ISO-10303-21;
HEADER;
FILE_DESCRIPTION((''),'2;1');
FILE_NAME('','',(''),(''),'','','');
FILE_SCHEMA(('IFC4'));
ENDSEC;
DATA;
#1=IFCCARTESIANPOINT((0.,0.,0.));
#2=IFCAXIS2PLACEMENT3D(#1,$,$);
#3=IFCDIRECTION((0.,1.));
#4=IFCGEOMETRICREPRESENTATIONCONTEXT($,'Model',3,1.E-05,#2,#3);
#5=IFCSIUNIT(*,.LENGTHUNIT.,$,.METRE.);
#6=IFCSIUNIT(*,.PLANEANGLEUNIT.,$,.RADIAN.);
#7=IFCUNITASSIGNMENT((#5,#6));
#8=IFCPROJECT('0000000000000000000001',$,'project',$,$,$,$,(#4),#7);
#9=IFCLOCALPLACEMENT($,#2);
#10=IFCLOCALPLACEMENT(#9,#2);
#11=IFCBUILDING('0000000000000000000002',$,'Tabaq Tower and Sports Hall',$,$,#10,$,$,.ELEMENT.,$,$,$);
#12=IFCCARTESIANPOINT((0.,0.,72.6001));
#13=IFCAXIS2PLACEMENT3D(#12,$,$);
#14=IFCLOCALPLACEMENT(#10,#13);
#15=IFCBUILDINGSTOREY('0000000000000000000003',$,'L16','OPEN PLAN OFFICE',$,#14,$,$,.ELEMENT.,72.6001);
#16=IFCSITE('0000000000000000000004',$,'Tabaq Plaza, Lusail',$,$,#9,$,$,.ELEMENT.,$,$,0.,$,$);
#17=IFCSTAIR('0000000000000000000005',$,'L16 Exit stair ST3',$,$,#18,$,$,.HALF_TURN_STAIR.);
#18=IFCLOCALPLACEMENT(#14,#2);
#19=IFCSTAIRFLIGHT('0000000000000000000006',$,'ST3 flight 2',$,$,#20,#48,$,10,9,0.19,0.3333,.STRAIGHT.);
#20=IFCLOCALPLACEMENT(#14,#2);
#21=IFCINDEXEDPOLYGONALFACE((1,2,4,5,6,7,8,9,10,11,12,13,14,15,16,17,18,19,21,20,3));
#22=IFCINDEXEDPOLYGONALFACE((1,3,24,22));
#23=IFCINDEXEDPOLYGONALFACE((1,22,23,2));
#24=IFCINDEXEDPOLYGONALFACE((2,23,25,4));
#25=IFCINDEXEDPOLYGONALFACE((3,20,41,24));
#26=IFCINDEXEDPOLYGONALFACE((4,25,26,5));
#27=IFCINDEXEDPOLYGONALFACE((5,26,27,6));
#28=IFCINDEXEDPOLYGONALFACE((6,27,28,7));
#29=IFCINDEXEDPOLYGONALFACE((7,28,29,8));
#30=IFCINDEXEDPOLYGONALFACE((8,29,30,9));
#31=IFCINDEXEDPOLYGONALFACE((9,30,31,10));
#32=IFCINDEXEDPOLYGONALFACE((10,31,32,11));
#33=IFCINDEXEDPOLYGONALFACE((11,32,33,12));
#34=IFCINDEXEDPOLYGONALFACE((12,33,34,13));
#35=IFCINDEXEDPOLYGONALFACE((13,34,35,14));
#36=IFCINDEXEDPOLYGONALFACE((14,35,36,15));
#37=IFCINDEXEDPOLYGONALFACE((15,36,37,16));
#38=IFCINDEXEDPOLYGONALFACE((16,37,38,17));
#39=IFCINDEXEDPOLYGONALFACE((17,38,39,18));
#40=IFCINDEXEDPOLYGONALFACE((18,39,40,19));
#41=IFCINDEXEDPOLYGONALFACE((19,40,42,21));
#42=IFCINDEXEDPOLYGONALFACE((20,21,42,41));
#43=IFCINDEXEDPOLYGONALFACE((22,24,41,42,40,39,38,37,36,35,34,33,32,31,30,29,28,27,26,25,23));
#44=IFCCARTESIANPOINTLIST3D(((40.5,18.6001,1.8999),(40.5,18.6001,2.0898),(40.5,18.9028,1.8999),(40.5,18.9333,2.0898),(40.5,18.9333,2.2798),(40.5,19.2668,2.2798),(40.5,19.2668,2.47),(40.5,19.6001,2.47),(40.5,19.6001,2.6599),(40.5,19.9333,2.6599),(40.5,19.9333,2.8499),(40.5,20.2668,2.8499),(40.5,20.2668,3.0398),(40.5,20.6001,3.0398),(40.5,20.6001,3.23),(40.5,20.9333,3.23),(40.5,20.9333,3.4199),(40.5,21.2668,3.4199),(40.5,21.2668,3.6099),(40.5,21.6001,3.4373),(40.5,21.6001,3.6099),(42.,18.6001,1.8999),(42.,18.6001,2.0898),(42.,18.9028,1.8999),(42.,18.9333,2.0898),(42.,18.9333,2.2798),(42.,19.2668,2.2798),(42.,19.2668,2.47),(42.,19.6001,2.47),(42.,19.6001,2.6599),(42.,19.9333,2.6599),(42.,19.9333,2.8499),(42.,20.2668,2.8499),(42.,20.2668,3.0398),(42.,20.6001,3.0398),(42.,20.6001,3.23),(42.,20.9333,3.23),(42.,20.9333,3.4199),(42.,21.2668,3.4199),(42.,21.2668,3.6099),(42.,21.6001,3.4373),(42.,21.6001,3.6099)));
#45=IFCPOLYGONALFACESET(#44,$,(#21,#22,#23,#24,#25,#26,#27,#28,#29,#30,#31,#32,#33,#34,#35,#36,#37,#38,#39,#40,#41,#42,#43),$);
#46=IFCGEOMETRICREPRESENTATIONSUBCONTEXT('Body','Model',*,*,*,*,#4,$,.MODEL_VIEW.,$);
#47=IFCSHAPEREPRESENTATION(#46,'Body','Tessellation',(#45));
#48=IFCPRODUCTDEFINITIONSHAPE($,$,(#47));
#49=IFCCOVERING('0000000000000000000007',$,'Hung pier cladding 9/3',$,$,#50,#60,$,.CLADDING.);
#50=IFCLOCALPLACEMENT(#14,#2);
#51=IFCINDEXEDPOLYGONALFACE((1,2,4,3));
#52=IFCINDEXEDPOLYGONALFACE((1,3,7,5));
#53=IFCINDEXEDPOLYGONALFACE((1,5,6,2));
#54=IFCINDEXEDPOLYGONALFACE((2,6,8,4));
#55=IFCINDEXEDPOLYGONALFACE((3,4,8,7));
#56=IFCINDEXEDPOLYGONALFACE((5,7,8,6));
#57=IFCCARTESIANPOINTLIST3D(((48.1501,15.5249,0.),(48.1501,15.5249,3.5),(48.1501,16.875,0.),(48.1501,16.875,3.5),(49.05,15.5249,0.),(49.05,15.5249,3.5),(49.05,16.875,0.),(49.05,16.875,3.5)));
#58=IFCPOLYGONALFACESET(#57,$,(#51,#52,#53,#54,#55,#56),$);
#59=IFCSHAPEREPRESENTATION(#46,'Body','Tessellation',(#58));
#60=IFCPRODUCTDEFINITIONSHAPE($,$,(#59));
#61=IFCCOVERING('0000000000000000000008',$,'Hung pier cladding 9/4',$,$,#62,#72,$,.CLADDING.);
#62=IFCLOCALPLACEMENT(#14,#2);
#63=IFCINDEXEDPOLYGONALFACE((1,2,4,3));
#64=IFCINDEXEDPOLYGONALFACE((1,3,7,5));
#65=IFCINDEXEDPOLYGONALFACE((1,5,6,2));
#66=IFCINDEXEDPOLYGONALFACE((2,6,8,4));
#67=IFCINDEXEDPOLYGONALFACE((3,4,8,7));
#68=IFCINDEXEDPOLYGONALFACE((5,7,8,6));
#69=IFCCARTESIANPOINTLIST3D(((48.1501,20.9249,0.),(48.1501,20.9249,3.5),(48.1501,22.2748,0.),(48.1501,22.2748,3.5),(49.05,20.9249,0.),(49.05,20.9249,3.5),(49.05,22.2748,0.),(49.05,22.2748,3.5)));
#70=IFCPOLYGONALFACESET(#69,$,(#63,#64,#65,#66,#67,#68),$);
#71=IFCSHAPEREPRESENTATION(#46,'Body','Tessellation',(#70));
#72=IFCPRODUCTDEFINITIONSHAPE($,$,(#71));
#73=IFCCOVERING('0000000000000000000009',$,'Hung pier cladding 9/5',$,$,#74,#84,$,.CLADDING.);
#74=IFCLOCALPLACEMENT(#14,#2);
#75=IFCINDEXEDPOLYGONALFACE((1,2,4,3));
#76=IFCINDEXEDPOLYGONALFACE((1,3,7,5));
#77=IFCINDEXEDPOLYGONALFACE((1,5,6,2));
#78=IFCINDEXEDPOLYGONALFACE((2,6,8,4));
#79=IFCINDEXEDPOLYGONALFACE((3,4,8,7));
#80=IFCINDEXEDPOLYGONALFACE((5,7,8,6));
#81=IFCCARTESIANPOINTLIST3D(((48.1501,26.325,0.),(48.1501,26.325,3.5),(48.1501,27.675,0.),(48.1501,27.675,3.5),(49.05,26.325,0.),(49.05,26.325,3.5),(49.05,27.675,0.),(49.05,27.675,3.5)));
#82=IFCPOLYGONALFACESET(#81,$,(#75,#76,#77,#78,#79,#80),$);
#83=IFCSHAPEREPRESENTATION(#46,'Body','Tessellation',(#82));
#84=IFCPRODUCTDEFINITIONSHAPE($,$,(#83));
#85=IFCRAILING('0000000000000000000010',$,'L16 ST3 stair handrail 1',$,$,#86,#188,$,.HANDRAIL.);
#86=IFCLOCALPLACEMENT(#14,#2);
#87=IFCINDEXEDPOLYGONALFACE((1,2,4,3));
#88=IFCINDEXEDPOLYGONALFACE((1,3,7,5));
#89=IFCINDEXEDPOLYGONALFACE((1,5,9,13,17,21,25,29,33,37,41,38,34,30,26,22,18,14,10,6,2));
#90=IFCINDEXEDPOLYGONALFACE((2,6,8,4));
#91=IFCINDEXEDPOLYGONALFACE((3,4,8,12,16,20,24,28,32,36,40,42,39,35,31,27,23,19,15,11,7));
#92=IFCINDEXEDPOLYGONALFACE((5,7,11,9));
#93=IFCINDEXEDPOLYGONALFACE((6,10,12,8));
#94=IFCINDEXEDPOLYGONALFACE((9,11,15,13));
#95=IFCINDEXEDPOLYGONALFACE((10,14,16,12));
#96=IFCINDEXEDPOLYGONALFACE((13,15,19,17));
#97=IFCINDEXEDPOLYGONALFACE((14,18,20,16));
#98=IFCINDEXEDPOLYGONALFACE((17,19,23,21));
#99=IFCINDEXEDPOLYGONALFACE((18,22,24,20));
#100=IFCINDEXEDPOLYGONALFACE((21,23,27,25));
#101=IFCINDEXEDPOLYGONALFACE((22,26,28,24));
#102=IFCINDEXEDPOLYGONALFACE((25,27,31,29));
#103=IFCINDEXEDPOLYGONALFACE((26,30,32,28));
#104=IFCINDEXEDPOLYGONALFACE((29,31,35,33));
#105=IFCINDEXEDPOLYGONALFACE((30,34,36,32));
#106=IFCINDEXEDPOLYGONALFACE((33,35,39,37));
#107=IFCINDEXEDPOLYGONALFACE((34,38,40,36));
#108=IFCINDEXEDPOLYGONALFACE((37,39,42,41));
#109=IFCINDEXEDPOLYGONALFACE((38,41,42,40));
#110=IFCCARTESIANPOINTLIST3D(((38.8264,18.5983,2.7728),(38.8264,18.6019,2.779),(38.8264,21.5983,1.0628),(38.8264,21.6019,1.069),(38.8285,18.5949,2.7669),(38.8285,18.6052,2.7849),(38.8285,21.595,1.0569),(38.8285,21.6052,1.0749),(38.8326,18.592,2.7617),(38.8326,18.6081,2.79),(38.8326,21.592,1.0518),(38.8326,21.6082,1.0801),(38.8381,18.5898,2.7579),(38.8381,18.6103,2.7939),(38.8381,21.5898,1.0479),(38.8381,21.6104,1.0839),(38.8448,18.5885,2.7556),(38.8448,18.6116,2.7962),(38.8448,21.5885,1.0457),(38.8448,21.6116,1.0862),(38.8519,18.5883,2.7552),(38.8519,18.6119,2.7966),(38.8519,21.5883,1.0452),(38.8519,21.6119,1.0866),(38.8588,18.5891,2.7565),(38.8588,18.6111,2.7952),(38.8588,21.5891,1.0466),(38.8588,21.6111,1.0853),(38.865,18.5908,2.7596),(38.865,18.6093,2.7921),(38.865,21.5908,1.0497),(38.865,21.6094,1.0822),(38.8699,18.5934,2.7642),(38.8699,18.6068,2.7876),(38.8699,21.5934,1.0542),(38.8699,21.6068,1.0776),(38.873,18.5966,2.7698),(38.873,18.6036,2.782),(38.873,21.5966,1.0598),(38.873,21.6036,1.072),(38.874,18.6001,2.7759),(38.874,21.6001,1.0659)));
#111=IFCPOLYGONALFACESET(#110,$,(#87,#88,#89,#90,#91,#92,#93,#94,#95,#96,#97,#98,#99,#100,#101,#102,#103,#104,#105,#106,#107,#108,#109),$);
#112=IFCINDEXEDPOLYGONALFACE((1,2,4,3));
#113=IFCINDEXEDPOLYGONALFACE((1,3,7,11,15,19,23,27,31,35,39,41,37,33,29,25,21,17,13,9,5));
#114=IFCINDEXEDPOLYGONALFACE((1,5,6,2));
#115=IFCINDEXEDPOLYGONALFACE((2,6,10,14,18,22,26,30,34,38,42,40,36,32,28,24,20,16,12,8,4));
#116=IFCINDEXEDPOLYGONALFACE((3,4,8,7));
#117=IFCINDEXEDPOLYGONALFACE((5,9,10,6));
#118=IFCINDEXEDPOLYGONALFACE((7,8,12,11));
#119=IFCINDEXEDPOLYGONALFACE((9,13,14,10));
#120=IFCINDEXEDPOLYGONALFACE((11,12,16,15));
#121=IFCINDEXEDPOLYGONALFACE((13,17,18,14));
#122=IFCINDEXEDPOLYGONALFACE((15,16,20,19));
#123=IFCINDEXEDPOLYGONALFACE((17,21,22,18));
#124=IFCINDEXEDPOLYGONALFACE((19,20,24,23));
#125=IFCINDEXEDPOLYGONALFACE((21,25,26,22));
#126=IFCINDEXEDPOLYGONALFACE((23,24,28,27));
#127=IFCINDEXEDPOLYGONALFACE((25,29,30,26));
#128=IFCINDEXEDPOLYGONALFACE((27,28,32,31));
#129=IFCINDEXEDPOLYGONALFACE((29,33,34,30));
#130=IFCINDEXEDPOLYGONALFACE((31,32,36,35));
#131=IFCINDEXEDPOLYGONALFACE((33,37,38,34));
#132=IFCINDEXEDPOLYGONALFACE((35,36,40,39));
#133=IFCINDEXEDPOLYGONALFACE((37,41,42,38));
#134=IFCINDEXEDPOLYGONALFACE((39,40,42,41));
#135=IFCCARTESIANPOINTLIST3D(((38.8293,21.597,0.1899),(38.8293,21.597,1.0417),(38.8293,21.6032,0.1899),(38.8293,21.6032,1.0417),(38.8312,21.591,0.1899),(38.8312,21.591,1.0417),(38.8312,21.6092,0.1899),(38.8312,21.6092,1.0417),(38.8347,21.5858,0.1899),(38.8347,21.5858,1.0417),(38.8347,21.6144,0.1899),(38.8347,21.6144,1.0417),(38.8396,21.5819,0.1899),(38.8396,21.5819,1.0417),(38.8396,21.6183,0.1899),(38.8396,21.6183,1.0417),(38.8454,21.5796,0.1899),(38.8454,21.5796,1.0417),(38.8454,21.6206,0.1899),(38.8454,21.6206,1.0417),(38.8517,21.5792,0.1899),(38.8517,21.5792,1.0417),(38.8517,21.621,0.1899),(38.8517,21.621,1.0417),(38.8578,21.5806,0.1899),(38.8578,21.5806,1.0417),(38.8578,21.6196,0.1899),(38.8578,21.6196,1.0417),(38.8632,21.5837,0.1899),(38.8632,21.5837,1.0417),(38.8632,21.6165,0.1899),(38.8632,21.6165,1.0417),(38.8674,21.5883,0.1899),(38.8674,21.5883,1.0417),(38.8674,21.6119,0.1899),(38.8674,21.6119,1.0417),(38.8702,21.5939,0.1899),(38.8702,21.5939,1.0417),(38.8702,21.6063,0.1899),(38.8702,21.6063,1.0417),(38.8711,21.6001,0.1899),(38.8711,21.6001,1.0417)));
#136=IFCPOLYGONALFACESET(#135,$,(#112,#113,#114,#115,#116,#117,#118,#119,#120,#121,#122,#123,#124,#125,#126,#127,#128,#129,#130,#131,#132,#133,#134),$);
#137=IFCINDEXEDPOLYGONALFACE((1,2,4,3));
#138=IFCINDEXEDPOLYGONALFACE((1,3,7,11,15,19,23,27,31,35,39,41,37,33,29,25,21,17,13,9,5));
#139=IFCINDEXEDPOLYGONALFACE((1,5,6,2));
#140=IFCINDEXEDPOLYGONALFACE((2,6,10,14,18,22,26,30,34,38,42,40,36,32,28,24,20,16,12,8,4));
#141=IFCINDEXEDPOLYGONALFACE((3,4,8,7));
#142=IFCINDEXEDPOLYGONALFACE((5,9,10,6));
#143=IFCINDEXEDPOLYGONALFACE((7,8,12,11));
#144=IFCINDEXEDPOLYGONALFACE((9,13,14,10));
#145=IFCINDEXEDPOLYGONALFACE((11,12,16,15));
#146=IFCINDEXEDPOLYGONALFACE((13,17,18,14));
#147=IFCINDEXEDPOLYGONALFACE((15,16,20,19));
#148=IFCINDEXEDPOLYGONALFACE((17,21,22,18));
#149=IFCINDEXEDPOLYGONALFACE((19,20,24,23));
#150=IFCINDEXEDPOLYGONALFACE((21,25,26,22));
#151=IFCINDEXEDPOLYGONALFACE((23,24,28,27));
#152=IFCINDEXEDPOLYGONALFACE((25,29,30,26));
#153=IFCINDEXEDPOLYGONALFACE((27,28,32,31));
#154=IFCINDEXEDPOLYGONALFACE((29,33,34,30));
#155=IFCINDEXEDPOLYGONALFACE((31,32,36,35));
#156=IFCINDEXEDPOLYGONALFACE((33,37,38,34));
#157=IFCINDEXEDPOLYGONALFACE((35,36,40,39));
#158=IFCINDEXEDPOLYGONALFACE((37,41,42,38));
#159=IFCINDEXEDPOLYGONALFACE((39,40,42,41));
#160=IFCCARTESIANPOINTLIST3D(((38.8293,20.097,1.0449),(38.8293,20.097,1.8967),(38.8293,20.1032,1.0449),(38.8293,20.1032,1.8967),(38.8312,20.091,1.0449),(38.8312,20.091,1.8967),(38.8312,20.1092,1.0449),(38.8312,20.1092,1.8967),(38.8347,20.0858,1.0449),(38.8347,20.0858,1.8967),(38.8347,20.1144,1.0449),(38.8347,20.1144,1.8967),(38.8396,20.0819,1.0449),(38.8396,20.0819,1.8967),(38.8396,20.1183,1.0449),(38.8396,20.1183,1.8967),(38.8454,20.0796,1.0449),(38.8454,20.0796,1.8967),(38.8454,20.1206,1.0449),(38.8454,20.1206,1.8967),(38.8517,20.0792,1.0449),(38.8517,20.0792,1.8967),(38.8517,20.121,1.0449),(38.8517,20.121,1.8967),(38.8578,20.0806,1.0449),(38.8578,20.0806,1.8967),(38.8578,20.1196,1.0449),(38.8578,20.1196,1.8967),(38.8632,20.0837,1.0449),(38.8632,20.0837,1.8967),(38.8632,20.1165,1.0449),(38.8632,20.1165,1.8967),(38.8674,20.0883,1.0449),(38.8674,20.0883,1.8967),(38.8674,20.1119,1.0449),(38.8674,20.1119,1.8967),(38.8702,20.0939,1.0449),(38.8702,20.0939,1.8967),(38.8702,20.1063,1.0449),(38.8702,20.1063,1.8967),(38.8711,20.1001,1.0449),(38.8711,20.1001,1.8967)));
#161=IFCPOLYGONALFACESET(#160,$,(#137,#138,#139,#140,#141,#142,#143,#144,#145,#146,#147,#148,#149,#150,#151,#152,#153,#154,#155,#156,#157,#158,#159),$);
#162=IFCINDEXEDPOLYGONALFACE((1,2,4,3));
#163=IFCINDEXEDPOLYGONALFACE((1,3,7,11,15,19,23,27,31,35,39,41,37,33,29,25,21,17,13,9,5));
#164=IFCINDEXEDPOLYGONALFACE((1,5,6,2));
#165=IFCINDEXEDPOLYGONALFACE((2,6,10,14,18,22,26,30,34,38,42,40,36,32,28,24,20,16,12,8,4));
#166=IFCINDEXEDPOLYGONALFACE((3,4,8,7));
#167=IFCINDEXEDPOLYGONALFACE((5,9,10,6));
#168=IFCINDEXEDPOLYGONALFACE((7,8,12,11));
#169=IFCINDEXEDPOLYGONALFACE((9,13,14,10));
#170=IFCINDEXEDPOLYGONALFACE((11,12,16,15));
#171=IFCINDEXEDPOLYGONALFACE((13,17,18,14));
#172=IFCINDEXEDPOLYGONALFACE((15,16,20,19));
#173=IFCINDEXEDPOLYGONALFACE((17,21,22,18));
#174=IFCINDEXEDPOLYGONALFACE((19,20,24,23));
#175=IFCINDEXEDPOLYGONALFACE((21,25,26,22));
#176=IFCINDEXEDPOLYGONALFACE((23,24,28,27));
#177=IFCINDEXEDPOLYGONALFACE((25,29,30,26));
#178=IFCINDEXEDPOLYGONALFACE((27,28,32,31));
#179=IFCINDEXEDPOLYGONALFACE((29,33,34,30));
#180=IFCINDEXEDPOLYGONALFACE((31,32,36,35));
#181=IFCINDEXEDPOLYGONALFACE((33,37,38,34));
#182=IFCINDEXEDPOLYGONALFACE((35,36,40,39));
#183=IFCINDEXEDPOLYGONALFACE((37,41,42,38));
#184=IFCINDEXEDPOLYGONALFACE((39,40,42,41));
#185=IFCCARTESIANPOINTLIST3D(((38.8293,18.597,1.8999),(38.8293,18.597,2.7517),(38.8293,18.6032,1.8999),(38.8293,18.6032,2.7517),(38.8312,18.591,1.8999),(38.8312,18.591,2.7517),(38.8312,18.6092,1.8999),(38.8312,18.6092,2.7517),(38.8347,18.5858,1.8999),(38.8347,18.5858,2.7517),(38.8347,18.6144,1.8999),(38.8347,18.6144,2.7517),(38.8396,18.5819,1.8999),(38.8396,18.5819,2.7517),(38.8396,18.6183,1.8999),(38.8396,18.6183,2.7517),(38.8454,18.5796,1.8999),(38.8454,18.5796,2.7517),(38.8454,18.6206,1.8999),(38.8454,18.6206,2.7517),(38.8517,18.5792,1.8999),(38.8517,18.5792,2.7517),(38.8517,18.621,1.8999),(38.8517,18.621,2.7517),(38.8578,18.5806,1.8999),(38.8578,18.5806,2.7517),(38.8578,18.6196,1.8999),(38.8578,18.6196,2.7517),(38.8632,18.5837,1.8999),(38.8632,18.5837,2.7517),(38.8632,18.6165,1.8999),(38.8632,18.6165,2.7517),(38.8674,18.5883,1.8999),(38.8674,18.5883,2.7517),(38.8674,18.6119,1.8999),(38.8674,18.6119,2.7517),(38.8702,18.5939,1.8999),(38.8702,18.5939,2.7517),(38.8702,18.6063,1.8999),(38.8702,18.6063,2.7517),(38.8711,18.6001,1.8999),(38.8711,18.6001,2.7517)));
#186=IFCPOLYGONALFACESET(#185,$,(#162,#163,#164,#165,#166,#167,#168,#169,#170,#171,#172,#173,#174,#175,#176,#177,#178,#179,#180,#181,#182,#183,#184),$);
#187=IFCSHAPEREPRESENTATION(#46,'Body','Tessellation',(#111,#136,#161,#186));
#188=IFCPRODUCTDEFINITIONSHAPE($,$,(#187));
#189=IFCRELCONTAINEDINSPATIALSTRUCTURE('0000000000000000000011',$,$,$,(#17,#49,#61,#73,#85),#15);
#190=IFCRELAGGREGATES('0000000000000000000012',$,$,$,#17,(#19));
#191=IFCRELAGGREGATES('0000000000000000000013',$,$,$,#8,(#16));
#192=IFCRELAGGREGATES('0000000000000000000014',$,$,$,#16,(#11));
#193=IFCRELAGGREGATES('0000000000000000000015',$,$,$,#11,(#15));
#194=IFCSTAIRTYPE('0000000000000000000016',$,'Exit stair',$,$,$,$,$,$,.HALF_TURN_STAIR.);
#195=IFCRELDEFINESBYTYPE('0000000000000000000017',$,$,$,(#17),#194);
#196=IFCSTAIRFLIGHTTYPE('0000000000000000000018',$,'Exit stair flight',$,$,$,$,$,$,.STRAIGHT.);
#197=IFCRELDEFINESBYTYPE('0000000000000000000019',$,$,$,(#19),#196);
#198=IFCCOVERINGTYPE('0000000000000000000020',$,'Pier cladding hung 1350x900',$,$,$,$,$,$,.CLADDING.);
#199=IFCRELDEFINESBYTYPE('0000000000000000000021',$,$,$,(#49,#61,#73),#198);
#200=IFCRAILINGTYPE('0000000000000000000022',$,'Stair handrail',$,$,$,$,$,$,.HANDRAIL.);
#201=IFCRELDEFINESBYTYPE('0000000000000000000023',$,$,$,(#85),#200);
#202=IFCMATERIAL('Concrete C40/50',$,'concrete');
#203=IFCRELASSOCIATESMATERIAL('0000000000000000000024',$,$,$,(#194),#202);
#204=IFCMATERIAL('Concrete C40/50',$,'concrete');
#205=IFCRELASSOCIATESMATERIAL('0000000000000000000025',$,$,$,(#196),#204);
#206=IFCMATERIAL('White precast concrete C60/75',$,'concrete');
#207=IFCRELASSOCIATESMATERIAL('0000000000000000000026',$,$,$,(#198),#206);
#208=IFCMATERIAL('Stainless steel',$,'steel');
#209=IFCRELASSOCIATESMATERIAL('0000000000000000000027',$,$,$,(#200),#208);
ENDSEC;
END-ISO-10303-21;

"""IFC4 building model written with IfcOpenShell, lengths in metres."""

from ifc_helpers import new_model, si_unit, direction, frame, frame_2d, origin, origin_2d, place, context, subcontext, project, spatial, polyline, rectangle, circle, outline, extrude, material, type_object, element, aggregate, save


model = new_model("IFC4")

# Units and contexts
model_context = context("Model", 3, precision=1e-05, world=origin(), true_north=direction((0.0, 1.0)))
body_context = subcontext(model_context, "Body", "Model", "MODEL_VIEW")
ifc_project = project(units=[si_unit("LENGTHUNIT", "METRE"), si_unit("PLANEANGLEUNIT", "RADIAN")], contexts=[model_context])

# Site, building, storey
site_placement = place(None, origin())
site = spatial("IfcSite", under=ifc_project, at=site_placement, Name="Tabaq Plaza, Lusail", CompositionType="ELEMENT", RefElevation=0.0)
building_placement = place(site_placement, origin())
building = spatial("IfcBuilding", under=site, at=building_placement, Name="Tabaq Tower and Sports Hall", CompositionType="ELEMENT")
storey_placement = place(building_placement, frame((0.0, 0.0, 72.6001)))
storey = spatial("IfcBuildingStorey", under=building, at=storey_placement, Name="L16", Description="OPEN PLAN OFFICE", CompositionType="ELEMENT", Elevation=72.6001)

# Stair, stair flight
ifc_material_1 = material(Name="Concrete C40/50", Category="concrete")
stair_type = type_object("IfcStairType", Name="Exit stair", PredefinedType="HALF_TURN_STAIR", material=ifc_material_1)
stair_placement = place(storey_placement, origin())
stair = element("IfcStair", 1, at=stair_placement, inside=storey, type_object=stair_type, Name="L16 Exit stair ST3", PredefinedType="HALF_TURN_STAIR")
ifc_material_2 = material(Name="Concrete C40/50", Category="concrete")
stair_flight_type = type_object("IfcStairFlightType", Name="Exit stair flight", PredefinedType="STRAIGHT", material=ifc_material_2)
stair_flight_1_placement = place(storey_placement, frame((41.25, 18.6001, 1.8999), z_axis=(0.0, 0.0, 1.0), x_axis=(0.0, 1.0, 0.0)))
stair_flight_1 = element("IfcStairFlight", 2, at=stair_flight_1_placement, type_object=stair_flight_type, Name="ST3 flight 2", NumberOfRisers=10, NumberOfTreads=9, PredefinedType="STRAIGHT", RiserHeight=0.19, TreadLength=0.3333, context=body_context, shape_type="SweptSolid", body=[
    extrude(outline(polyline([(0.0, 0.0), (0.0, 0.1899), (0.3333, 0.1899), (0.3333, 0.3799), (0.6667, 0.3799), (0.6667, 0.5701), (1.0, 0.5701), (1.0, 0.76), (1.3333, 0.76), (1.3333, 0.95), (1.6667, 0.95), (1.6667, 1.1399), (2.0, 1.1399), (2.0, 1.3301), (2.3333, 1.3301), (2.3333, 1.52), (2.6667, 1.52), (2.6667, 1.71), (3.0, 1.71), (3.0, 1.8999), (3.0, 1.5374), (0.3027, 0.0), (0.0, 0.0)])), frame((0.0, 0.75, 0.0), z_axis=(0.0, -1.0, 0.0), x_axis=(1.0, 0.0, 0.0)), (0.0, 0.0, 1.0), 1.5),
])
aggregate(stair, [stair_flight_1])

# Coverings
ifc_material_3 = material(Name="White precast concrete C60/75", Category="concrete")
covering_type_1 = type_object("IfcCoveringType", Name="Pier cladding hung 1350x900", PredefinedType="CLADDING", material=ifc_material_3)
covering_1_placement = place(storey_placement, frame((48.6001, 15.5249, 0.0), z_axis=(0.0, 0.0, 1.0), x_axis=(0.0, 1.0, 0.0)))
element("IfcCovering", 3, at=covering_1_placement, inside=storey, type_object=covering_type_1, Name="Hung pier cladding 9/3", PredefinedType="CLADDING", context=body_context, shape_type="SweptSolid", body=[
    extrude(rectangle(XDim=1.3501, YDim=0.8999, at=frame_2d((0.675, 0.0))), origin(), (0.0, 0.0, 1.0), 3.5),
])
covering_2_placement = place(storey_placement, frame((48.6001, 20.925, 0.0), z_axis=(0.0, 0.0, 1.0), x_axis=(0.0, 1.0, 0.0)))
element("IfcCovering", 4, at=covering_2_placement, inside=storey, type_object=covering_type_1, Name="Hung pier cladding 9/4", PredefinedType="CLADDING", context=body_context, shape_type="SweptSolid", body=[
    extrude(rectangle(XDim=1.3499, YDim=0.8999, at=frame_2d((0.6748, 0.0))), origin(), (0.0, 0.0, 1.0), 3.5),
])
covering_3_placement = place(storey_placement, frame((48.6001, 26.325, 0.0), z_axis=(0.0, 0.0, 1.0), x_axis=(0.0, 1.0, 0.0)))
element("IfcCovering", 5, at=covering_3_placement, inside=storey, type_object=covering_type_1, Name="Hung pier cladding 9/5", PredefinedType="CLADDING", context=body_context, shape_type="SweptSolid", body=[
    extrude(rectangle(XDim=1.3501, YDim=0.8999, at=frame_2d((0.675, 0.0))), origin(), (0.0, 0.0, 1.0), 3.5),
])

# Railing
ifc_material_4 = material(Name="Stainless steel", Category="steel")
railing_type_1 = type_object("IfcRailingType", Name="Stair handrail", PredefinedType="HANDRAIL", material=ifc_material_4)
railing_1_placement = place(storey_placement, frame((38.8501, 21.6001, 0.1899)))
element("IfcRailing", 6, at=railing_1_placement, inside=storey, type_object=railing_type_1, Name="L16 ST3 stair handrail 1", PredefinedType="HANDRAIL", context=body_context, shape_type="SweptSolid", body=[
    extrude(circle(Radius=0.0239, at=origin_2d()), frame((0.0, 0.0, 0.876), z_axis=(0.0, -0.868782, 0.495195), x_axis=(1.0, 0.0, 0.0)), (0.0, 0.0, 1.0), 3.4531),
    extrude(circle(Radius=0.021, at=origin_2d()), origin(), (0.0, 0.0, 1.0), 0.8518),
    extrude(circle(Radius=0.021, at=origin_2d()), frame((0.0, -1.5, 0.855)), (0.0, 0.0, 1.0), 0.8518),
    extrude(circle(Radius=0.021, at=origin_2d()), frame((0.0, -3.0, 1.71)), (0.0, 0.0, 1.0), 0.8518),
])

save(model, "model.ifc")
